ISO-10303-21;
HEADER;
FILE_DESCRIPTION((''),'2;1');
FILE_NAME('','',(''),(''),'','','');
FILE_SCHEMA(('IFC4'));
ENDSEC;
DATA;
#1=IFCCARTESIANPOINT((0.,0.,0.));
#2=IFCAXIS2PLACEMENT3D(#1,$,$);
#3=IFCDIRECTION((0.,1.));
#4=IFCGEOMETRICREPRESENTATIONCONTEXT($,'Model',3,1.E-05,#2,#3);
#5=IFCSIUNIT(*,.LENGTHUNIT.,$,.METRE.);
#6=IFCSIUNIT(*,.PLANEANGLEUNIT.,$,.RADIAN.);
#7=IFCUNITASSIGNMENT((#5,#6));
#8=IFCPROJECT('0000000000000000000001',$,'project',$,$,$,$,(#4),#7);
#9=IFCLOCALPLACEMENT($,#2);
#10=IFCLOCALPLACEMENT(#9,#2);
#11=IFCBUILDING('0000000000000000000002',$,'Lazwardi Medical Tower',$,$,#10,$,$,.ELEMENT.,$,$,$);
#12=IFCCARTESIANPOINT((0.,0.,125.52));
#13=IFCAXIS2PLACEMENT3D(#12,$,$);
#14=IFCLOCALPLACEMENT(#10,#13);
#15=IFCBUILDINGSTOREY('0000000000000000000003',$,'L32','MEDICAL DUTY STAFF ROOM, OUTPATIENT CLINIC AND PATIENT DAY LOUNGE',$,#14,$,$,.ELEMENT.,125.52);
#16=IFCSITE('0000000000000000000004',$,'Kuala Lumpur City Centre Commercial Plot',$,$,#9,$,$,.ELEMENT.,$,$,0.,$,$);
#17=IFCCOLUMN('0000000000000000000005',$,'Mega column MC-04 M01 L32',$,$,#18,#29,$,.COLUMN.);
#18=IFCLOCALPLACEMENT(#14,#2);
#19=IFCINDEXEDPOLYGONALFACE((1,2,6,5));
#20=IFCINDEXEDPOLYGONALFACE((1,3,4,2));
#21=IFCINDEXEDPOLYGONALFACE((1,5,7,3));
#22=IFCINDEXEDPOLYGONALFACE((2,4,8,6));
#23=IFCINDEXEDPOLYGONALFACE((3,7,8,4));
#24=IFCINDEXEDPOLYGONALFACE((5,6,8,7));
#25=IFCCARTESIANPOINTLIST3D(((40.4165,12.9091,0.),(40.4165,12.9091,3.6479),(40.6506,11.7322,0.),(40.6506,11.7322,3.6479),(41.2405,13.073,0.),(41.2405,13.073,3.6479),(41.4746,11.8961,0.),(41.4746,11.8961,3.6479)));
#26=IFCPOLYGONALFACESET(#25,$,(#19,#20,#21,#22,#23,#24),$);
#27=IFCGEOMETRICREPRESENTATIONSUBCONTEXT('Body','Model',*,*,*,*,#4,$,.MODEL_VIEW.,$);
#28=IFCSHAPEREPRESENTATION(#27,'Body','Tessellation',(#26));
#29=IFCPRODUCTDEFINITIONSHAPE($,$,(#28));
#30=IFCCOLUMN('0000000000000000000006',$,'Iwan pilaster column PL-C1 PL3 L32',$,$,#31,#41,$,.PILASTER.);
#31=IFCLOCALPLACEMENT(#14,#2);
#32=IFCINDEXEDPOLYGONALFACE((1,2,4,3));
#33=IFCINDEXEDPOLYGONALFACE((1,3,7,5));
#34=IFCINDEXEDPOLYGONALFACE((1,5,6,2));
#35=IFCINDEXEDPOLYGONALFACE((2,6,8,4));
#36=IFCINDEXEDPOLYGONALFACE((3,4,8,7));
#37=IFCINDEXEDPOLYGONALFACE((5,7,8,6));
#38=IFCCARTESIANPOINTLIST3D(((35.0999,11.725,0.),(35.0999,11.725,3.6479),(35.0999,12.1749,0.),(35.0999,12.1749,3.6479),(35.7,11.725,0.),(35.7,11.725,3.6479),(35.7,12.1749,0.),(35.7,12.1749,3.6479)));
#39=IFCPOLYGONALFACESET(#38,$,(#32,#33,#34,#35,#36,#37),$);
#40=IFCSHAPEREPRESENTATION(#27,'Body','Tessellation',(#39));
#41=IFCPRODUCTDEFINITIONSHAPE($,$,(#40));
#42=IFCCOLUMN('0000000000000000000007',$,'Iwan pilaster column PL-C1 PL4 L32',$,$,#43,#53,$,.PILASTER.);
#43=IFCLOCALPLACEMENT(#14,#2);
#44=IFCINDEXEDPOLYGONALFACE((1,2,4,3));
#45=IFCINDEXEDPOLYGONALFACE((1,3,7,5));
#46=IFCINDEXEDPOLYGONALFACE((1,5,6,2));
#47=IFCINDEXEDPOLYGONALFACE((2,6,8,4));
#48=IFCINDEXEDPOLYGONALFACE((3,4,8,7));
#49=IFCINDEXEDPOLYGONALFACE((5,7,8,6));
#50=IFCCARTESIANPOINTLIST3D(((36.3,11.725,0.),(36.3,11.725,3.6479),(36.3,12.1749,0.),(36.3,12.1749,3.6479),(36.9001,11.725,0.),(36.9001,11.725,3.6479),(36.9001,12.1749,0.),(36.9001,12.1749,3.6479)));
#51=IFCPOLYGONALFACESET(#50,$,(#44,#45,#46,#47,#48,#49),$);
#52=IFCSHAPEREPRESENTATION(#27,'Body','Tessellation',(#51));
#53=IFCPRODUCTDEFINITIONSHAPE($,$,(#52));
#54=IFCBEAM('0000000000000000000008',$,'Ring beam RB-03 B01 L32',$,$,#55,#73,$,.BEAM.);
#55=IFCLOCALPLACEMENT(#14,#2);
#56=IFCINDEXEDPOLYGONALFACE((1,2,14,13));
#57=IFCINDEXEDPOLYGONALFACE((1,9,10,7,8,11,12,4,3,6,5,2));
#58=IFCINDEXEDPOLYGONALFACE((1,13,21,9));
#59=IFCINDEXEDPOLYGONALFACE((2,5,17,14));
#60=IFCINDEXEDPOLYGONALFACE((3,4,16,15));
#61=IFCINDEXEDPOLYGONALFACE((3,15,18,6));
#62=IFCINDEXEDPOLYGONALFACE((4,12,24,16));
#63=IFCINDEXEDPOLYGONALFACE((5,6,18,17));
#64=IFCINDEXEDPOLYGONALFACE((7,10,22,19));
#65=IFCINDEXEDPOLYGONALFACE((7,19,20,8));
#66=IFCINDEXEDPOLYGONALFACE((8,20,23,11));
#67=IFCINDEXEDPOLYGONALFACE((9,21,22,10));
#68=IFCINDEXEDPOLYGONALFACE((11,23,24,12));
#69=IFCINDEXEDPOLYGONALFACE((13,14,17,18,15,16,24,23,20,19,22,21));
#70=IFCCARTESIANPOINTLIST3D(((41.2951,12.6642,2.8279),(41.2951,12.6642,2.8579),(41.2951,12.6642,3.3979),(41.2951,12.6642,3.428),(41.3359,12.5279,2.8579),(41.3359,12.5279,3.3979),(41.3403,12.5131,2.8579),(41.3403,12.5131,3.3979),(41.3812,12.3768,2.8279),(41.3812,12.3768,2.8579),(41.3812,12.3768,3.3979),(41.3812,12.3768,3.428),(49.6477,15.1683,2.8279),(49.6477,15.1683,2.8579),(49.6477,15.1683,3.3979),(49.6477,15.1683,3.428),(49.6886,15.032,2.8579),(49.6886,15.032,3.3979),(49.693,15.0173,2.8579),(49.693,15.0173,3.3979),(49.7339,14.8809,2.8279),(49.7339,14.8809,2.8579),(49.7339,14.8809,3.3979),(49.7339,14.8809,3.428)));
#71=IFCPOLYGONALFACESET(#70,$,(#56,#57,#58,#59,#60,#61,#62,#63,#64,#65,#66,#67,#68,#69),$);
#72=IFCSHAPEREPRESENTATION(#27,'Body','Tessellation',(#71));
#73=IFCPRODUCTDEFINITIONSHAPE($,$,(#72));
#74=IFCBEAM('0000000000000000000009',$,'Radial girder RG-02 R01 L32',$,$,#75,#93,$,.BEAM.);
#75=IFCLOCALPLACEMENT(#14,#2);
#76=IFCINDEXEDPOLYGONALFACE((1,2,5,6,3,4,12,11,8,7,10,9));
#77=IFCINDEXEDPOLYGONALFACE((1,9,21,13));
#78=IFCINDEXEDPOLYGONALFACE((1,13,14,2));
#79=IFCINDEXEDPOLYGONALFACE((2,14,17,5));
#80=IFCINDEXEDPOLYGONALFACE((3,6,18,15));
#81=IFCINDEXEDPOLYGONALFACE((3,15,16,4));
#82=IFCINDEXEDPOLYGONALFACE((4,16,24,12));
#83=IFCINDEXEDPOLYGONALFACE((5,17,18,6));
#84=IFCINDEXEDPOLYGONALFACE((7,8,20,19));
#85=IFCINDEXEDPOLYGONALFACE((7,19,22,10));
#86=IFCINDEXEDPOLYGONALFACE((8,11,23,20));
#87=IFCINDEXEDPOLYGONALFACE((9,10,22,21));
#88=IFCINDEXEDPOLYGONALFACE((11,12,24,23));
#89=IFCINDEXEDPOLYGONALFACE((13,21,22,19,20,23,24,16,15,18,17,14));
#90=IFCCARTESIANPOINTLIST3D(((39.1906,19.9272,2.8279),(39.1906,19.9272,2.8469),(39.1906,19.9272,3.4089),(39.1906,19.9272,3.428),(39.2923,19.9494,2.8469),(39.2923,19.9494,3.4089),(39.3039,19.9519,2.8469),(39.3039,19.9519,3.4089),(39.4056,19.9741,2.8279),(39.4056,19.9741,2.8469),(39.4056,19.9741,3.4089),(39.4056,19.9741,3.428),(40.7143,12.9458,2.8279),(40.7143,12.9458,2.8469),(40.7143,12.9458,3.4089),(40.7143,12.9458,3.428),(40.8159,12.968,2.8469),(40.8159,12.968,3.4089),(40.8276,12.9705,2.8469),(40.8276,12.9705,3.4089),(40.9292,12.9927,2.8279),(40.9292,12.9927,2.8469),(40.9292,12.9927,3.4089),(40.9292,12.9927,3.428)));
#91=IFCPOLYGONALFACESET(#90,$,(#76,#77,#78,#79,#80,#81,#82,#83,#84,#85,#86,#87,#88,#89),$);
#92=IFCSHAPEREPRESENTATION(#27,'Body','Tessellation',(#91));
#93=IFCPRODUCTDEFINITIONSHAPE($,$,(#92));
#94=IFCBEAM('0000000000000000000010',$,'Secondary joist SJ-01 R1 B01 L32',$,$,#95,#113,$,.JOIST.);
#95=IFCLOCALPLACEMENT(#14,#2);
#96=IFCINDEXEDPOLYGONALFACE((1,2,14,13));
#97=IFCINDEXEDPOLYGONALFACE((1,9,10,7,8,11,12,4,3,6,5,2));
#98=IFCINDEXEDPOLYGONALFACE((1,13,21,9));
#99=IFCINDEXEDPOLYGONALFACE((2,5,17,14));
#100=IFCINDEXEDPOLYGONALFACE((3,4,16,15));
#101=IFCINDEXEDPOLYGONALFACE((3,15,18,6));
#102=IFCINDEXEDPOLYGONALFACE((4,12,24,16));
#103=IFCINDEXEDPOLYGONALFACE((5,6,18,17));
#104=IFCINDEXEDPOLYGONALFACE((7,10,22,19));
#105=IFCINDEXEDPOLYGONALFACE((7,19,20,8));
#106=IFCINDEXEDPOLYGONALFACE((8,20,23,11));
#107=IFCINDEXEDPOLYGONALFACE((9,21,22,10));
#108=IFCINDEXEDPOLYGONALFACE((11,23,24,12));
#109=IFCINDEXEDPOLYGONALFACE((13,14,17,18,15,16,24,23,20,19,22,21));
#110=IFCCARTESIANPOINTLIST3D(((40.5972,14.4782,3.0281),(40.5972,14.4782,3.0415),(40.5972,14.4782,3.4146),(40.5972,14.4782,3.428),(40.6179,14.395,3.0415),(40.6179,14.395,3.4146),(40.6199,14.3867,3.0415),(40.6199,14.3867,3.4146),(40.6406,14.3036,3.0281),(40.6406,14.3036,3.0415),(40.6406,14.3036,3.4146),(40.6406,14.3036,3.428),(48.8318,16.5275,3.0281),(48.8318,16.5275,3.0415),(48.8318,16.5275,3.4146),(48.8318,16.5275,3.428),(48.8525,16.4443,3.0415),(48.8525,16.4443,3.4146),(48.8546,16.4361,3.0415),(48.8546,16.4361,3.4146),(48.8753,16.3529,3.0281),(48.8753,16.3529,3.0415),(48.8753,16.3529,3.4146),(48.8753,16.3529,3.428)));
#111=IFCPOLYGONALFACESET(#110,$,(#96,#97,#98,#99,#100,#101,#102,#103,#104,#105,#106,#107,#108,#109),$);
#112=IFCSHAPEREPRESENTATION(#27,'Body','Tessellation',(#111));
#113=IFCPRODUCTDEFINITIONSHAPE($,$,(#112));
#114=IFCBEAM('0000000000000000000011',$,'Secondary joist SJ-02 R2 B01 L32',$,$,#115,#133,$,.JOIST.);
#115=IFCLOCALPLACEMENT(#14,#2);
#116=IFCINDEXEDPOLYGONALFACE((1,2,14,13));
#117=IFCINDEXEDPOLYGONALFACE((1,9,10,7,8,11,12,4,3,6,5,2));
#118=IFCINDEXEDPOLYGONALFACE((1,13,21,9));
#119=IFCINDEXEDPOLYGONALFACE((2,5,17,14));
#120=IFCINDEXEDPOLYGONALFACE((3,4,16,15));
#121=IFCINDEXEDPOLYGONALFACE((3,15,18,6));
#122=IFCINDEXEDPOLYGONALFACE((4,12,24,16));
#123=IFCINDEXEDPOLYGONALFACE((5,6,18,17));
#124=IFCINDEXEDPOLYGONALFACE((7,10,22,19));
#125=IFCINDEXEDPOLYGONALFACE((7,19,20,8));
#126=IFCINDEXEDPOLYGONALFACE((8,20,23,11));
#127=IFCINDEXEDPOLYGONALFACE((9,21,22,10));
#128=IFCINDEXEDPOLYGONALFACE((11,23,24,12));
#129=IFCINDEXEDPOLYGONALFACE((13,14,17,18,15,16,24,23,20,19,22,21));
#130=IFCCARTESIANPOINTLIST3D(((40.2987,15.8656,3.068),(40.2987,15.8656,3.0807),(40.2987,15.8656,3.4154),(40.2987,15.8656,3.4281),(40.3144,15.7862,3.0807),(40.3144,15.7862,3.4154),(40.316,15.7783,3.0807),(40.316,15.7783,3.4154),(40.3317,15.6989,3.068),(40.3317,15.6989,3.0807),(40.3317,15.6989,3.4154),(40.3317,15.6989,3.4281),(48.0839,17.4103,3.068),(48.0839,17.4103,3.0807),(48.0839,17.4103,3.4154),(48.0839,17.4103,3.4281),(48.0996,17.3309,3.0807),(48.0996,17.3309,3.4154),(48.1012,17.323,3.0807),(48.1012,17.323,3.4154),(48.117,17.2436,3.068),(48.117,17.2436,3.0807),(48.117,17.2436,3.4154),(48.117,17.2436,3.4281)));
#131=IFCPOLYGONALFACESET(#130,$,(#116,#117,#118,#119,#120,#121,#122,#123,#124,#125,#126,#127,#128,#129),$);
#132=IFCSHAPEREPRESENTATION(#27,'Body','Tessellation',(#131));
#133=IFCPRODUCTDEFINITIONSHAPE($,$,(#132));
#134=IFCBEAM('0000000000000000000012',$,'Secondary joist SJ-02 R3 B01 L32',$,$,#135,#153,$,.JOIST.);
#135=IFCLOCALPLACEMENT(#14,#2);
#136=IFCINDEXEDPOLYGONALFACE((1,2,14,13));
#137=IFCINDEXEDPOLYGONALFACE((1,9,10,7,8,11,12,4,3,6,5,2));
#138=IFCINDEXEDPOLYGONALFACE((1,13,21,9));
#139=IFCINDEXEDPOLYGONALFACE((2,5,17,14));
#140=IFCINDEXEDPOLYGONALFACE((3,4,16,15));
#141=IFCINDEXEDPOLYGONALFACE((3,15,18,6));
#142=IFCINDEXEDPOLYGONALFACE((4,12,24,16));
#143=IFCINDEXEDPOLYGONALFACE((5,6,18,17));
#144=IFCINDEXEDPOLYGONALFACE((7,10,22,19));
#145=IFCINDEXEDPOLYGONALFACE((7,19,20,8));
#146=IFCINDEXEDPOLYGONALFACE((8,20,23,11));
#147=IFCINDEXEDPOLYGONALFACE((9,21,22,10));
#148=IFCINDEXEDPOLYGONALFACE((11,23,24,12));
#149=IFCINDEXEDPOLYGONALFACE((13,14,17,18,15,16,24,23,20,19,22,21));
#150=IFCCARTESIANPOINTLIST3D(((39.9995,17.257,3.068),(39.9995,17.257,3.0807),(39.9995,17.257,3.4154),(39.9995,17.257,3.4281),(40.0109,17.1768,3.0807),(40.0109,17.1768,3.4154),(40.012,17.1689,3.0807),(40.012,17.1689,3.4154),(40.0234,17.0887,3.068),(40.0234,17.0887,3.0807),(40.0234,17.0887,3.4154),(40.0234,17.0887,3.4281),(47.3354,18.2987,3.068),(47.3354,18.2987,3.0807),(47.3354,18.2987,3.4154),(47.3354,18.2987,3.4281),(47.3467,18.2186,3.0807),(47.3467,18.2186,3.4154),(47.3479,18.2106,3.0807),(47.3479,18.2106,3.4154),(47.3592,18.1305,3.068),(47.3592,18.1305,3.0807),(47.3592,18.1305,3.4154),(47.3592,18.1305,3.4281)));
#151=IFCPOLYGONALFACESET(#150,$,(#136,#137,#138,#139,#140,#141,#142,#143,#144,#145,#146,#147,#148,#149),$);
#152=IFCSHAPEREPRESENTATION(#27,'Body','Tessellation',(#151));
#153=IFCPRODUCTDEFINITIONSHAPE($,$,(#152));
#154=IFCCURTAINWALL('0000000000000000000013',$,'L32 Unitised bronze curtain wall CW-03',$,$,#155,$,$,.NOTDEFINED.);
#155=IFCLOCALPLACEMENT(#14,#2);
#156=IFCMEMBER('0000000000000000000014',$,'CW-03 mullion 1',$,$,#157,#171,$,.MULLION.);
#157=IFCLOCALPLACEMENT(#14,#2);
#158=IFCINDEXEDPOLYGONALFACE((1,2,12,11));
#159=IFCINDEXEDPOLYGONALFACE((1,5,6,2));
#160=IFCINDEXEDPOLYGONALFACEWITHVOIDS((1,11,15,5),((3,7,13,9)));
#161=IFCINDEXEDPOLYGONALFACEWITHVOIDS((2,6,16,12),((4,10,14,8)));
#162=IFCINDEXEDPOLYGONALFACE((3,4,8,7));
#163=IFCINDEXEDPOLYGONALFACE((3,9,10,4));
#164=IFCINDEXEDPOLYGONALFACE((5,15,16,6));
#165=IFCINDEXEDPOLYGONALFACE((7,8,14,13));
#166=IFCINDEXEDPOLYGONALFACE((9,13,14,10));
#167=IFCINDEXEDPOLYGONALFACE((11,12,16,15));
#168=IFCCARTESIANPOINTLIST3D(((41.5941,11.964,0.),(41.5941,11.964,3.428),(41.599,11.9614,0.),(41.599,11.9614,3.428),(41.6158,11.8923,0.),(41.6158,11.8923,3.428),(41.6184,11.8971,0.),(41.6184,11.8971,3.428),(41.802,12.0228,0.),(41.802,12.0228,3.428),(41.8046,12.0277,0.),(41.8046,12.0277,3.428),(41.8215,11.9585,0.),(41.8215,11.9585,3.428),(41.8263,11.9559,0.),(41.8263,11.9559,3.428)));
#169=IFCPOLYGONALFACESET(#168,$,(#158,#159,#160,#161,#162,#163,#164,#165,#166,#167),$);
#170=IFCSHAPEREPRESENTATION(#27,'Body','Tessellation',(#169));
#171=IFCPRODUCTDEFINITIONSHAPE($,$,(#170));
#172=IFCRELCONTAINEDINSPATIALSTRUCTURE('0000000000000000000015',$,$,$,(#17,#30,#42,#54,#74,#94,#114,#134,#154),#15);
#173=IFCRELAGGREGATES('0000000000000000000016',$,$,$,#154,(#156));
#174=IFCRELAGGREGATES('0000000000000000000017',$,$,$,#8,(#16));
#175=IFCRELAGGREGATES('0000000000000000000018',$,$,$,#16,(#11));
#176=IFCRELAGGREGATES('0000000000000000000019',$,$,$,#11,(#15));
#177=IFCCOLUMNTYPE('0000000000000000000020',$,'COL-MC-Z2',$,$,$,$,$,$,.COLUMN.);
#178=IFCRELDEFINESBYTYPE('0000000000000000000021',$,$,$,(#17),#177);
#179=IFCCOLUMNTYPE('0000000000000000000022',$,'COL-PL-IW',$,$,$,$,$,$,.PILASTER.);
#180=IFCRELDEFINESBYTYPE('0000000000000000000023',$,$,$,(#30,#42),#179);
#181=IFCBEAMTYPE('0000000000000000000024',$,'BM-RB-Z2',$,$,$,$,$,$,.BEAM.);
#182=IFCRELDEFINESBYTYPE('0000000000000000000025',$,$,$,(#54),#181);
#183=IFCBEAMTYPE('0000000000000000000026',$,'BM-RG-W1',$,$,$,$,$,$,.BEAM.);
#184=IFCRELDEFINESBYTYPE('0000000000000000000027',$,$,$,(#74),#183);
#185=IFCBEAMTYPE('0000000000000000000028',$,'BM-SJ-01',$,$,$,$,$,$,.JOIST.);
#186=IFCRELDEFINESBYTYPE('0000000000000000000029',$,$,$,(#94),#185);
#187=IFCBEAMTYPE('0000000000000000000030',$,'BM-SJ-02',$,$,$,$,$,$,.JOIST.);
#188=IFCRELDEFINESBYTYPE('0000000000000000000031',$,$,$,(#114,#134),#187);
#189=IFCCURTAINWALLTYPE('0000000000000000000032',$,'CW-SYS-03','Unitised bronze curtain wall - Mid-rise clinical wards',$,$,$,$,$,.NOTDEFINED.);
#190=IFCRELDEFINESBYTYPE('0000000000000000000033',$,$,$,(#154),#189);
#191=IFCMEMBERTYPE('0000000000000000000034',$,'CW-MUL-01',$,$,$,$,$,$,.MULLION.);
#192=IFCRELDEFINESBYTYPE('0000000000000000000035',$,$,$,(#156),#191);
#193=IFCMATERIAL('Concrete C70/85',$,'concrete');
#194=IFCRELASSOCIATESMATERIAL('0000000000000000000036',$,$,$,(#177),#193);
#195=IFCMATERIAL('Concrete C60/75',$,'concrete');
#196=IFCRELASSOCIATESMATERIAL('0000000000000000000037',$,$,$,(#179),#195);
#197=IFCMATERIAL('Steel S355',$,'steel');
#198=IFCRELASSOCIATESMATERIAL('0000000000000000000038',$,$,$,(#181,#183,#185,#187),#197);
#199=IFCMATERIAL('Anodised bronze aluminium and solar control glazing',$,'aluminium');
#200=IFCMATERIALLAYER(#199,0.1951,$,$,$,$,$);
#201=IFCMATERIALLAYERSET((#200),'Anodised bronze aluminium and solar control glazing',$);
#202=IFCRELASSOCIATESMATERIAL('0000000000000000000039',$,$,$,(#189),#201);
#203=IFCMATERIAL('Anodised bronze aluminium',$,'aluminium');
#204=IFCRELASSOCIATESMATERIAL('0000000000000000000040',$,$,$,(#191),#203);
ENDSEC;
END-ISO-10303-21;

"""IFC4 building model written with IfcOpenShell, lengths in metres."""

from ifc_helpers import new_model, si_unit, direction, frame, origin, origin_2d, place, context, subcontext, project, spatial, rectangle, hollow_rectangle, i_section, extrude, material, layer, layer_set, material_profile, profile_set, type_object, element, aggregate, save


model = new_model("IFC4")

# Units and contexts
model_context = context("Model", 3, precision=1e-05, world=origin(), true_north=direction((0.0, 1.0)))
body_context = subcontext(model_context, "Body", "Model", "MODEL_VIEW")
ifc_project = project(units=[si_unit("LENGTHUNIT", "METRE"), si_unit("PLANEANGLEUNIT", "RADIAN")], contexts=[model_context])

# Site, building, storey
site_placement = place(None, origin())
site = spatial("IfcSite", under=ifc_project, at=site_placement, Name="Kuala Lumpur City Centre Commercial Plot", CompositionType="ELEMENT", RefElevation=0.0)
building_placement = place(site_placement, origin())
building = spatial("IfcBuilding", under=site, at=building_placement, Name="Lazwardi Medical Tower", CompositionType="ELEMENT")
storey_placement = place(building_placement, frame((0.0, 0.0, 125.52)))
storey = spatial("IfcBuildingStorey", under=building, at=storey_placement, Name="L32", Description="MEDICAL DUTY STAFF ROOM, OUTPATIENT CLINIC AND PATIENT DAY LOUNGE", CompositionType="ELEMENT", Elevation=125.52)

# Columns
ifc_material_1 = material(Name="Concrete C70/85", Category="concrete")
ifc_material_profile_1 = material_profile(ifc_material_1, rectangle(XDim=1.2, YDim=0.8401, at=origin_2d()), Name="CFT-RECT 1200x840")
ifc_profile_set_1 = profile_set([ifc_material_profile_1], Name="Concrete C70/85")
column_type_1 = type_object("IfcColumnType", Name="COL-MC-Z2", PredefinedType="COLUMN", material=ifc_profile_set_1)
column_placement = place(storey_placement, frame((40.9456, 12.4026, 0.0), z_axis=(0.0, 0.0, 1.0), x_axis=(0.19509, -0.980785, 0.0)))
element("IfcColumn", 1, at=column_placement, inside=storey, type_object=column_type_1, Name="Mega column MC-04 M01 L32", PredefinedType="COLUMN", context=body_context, shape_type="SweptSolid", body=[
    extrude(rectangle(XDim=1.2, YDim=0.8401, at=origin_2d()), origin(), (0.0, 0.0, 1.0), 3.6479),
])
ifc_material_2 = material(Name="Concrete C60/75", Category="concrete")
ifc_material_profile_2 = material_profile(ifc_material_2, rectangle(XDim=0.6001, YDim=0.45, at=origin_2d()), Name="RC 600x450")
ifc_profile_set_2 = profile_set([ifc_material_profile_2], Name="Concrete C60/75")
column_type_2 = type_object("IfcColumnType", Name="COL-PL-IW", PredefinedType="PILASTER", material=ifc_profile_set_2)
for number, where, z_axis, x_axis, name in (
    (2, (35.3999, 11.95, 0.0), (0.0, 0.0, 1.0), (1.0, 0.0, 0.0), "Iwan pilaster column PL-C1 PL3 L32"),
    (3, (36.6001, 11.95, 0.0), (0.0, 0.0, 1.0), (1.0, 0.0, 0.0), "Iwan pilaster column PL-C1 PL4 L32"),
):
    element("IfcColumn", number, at=place(storey_placement, frame(where, z_axis=z_axis, x_axis=x_axis)), inside=storey, type_object=column_type_2, Name=name, PredefinedType="PILASTER", context=body_context, shape_type="SweptSolid", body=[
        extrude(rectangle(XDim=0.6001, YDim=0.45, at=origin_2d()), origin(), (0.0, 0.0, 1.0), 3.6479),
    ])

# Beams
ifc_material_3 = material(Name="Steel S355", Category="steel")
ifc_material_profile_3 = material_profile(ifc_material_3, i_section(OverallWidth=0.3, OverallDepth=0.6001, WebThickness=0.0154, FlangeThickness=0.03, at=origin_2d()), Name="HEB 600")
ifc_profile_set_3 = profile_set([ifc_material_profile_3], Name="Steel S355")
beam_type_1 = type_object("IfcBeamType", Name="BM-RB-Z2", PredefinedType="BEAM", material=ifc_profile_set_3)
beam_1_placement = place(storey_placement, frame((41.3381, 12.5205, 3.1279), z_axis=(0.957879, 0.287171, 0.0), x_axis=(-0.287171, 0.957879, 0.0)))
element("IfcBeam", 4, at=beam_1_placement, inside=storey, type_object=beam_type_1, Name="Ring beam RB-03 B01 L32", PredefinedType="BEAM", context=body_context, shape_type="SweptSolid", body=[
    extrude(i_section(OverallWidth=0.3, OverallDepth=0.6001, WebThickness=0.0154, FlangeThickness=0.03, at=origin_2d()), origin(), (0.0, 0.0, 1.0), 8.72),
])
ifc_material_profile_4 = material_profile(ifc_material_3, i_section(OverallWidth=0.22, OverallDepth=0.6001, WebThickness=0.012, FlangeThickness=0.019, at=origin_2d()), Name="IPE 600")
ifc_profile_set_4 = profile_set([ifc_material_profile_4], Name="Steel S355")
beam_type_2 = type_object("IfcBeamType", Name="BM-RG-W1", PredefinedType="BEAM", material=ifc_profile_set_4)
beam_2_placement = place(storey_placement, frame((40.8218, 12.9692, 3.1279), z_axis=(-0.213228, 0.977002, 0.0), x_axis=(-0.977002, -0.213228, 0.0)))
element("IfcBeam", 5, at=beam_2_placement, inside=storey, type_object=beam_type_2, Name="Radial girder RG-02 R01 L32", PredefinedType="BEAM", context=body_context, shape_type="SweptSolid", body=[
    extrude(i_section(OverallWidth=0.22, OverallDepth=0.6001, WebThickness=0.012, FlangeThickness=0.019, at=origin_2d()), origin(), (0.0, 0.0, 1.0), 7.1458),
])
ifc_material_profile_5 = material_profile(ifc_material_3, i_section(OverallWidth=0.1799, OverallDepth=0.3999, WebThickness=0.0085, FlangeThickness=0.0134, at=origin_2d()), Name="IPE 400")
ifc_profile_set_5 = profile_set([ifc_material_profile_5], Name="Steel S355")
beam_type_3 = type_object("IfcBeamType", Name="BM-SJ-01", PredefinedType="JOIST", material=ifc_profile_set_5)
beam_3_placement = place(storey_placement, frame((40.6189, 14.3909, 3.228), z_axis=(0.970401, 0.2415, 0.0), x_axis=(-0.2415, 0.970401, 0.0)))
element("IfcBeam", 6, at=beam_3_placement, inside=storey, type_object=beam_type_3, Name="Secondary joist SJ-01 R1 B01 L32", PredefinedType="JOIST", context=body_context, shape_type="SweptSolid", body=[
    extrude(i_section(OverallWidth=0.1799, OverallDepth=0.3999, WebThickness=0.0085, FlangeThickness=0.0134, at=origin_2d()), origin(), (0.0, 0.0, 1.0), 8.4858),
])
ifc_material_profile_6 = material_profile(ifc_material_3, i_section(OverallWidth=0.1699, OverallDepth=0.3601, WebThickness=0.0081, FlangeThickness=0.0127, at=origin_2d()), Name="IPE 360")
ifc_profile_set_6 = profile_set([ifc_material_profile_6], Name="Steel S355")
beam_type_4 = type_object("IfcBeamType", Name="BM-SJ-02", PredefinedType="JOIST", material=ifc_profile_set_6)
beam_4_placement = place(storey_placement, frame((40.3152, 15.7822, 3.248), z_axis=(0.980879, 0.194619, 0.0), x_axis=(-0.194619, 0.980879, 0.0)))
element("IfcBeam", 7, at=beam_4_placement, inside=storey, type_object=beam_type_4, Name="Secondary joist SJ-02 R2 B01 L32", PredefinedType="JOIST", context=body_context, shape_type="SweptSolid", body=[
    extrude(i_section(OverallWidth=0.1699, OverallDepth=0.3601, WebThickness=0.0081, FlangeThickness=0.0127, at=origin_2d()), origin(), (0.0, 0.0, 1.0), 7.937),
])
beam_5_placement = place(storey_placement, frame((40.0115, 17.1729, 3.248), z_axis=(0.990067, 0.140596, 0.0), x_axis=(-0.140596, 0.990067, 0.0)))
element("IfcBeam", 8, at=beam_5_placement, inside=storey, type_object=beam_type_4, Name="Secondary joist SJ-02 R3 B01 L32", PredefinedType="JOIST", context=body_context, shape_type="SweptSolid", body=[
    extrude(i_section(OverallWidth=0.1699, OverallDepth=0.3601, WebThickness=0.0081, FlangeThickness=0.0127, at=origin_2d()), origin(), (0.0, 0.0, 1.0), 7.4094),
])

# Curtain wall, member
ifc_material_4 = material(Name="Anodised bronze aluminium and solar control glazing", Category="aluminium")
ifc_layer_1 = layer(ifc_material_4, 0.1951)
ifc_layer_set_1 = layer_set([ifc_layer_1], Name="Anodised bronze aluminium and solar control glazing")
curtain_wall_type = type_object("IfcCurtainWallType", Name="CW-SYS-03", Description="Unitised bronze curtain wall - Mid-rise clinical wards", PredefinedType="NOTDEFINED", material=ifc_layer_set_1)
curtain_wall_placement = place(storey_placement, origin())
curtain_wall = element("IfcCurtainWall", 9, at=curtain_wall_placement, inside=storey, type_object=curtain_wall_type, Name="L32 Unitised bronze curtain wall CW-03", PredefinedType="NOTDEFINED")
ifc_material_5 = material(Name="Anodised bronze aluminium", Category="aluminium")
ifc_material_profile_7 = material_profile(ifc_material_5, hollow_rectangle(XDim=0.075, YDim=0.22, WallThickness=0.0039, at=origin_2d()), Name="ALU-MULLION 220x75x4")
ifc_profile_set_7 = profile_set([ifc_material_profile_7], Name="Anodised bronze aluminium")
member_type_1 = type_object("IfcMemberType", Name="CW-MUL-01", PredefinedType="MULLION", material=ifc_profile_set_7)
member_1_placement = place(storey_placement, frame((41.7102, 11.96, 0.0), z_axis=(0.0, 0.0, 1.0), x_axis=(-0.289374, 0.957216, 0.0)))
member_1 = element("IfcMember", 10, at=member_1_placement, type_object=member_type_1, Name="CW-03 mullion 1", PredefinedType="MULLION", context=body_context, shape_type="SweptSolid", body=[
    extrude(hollow_rectangle(XDim=0.075, YDim=0.22, WallThickness=0.0039, at=origin_2d()), origin(), (0.0, 0.0, 1.0), 3.428),
])
aggregate(curtain_wall, [member_1])

save(model, "model.ifc")
